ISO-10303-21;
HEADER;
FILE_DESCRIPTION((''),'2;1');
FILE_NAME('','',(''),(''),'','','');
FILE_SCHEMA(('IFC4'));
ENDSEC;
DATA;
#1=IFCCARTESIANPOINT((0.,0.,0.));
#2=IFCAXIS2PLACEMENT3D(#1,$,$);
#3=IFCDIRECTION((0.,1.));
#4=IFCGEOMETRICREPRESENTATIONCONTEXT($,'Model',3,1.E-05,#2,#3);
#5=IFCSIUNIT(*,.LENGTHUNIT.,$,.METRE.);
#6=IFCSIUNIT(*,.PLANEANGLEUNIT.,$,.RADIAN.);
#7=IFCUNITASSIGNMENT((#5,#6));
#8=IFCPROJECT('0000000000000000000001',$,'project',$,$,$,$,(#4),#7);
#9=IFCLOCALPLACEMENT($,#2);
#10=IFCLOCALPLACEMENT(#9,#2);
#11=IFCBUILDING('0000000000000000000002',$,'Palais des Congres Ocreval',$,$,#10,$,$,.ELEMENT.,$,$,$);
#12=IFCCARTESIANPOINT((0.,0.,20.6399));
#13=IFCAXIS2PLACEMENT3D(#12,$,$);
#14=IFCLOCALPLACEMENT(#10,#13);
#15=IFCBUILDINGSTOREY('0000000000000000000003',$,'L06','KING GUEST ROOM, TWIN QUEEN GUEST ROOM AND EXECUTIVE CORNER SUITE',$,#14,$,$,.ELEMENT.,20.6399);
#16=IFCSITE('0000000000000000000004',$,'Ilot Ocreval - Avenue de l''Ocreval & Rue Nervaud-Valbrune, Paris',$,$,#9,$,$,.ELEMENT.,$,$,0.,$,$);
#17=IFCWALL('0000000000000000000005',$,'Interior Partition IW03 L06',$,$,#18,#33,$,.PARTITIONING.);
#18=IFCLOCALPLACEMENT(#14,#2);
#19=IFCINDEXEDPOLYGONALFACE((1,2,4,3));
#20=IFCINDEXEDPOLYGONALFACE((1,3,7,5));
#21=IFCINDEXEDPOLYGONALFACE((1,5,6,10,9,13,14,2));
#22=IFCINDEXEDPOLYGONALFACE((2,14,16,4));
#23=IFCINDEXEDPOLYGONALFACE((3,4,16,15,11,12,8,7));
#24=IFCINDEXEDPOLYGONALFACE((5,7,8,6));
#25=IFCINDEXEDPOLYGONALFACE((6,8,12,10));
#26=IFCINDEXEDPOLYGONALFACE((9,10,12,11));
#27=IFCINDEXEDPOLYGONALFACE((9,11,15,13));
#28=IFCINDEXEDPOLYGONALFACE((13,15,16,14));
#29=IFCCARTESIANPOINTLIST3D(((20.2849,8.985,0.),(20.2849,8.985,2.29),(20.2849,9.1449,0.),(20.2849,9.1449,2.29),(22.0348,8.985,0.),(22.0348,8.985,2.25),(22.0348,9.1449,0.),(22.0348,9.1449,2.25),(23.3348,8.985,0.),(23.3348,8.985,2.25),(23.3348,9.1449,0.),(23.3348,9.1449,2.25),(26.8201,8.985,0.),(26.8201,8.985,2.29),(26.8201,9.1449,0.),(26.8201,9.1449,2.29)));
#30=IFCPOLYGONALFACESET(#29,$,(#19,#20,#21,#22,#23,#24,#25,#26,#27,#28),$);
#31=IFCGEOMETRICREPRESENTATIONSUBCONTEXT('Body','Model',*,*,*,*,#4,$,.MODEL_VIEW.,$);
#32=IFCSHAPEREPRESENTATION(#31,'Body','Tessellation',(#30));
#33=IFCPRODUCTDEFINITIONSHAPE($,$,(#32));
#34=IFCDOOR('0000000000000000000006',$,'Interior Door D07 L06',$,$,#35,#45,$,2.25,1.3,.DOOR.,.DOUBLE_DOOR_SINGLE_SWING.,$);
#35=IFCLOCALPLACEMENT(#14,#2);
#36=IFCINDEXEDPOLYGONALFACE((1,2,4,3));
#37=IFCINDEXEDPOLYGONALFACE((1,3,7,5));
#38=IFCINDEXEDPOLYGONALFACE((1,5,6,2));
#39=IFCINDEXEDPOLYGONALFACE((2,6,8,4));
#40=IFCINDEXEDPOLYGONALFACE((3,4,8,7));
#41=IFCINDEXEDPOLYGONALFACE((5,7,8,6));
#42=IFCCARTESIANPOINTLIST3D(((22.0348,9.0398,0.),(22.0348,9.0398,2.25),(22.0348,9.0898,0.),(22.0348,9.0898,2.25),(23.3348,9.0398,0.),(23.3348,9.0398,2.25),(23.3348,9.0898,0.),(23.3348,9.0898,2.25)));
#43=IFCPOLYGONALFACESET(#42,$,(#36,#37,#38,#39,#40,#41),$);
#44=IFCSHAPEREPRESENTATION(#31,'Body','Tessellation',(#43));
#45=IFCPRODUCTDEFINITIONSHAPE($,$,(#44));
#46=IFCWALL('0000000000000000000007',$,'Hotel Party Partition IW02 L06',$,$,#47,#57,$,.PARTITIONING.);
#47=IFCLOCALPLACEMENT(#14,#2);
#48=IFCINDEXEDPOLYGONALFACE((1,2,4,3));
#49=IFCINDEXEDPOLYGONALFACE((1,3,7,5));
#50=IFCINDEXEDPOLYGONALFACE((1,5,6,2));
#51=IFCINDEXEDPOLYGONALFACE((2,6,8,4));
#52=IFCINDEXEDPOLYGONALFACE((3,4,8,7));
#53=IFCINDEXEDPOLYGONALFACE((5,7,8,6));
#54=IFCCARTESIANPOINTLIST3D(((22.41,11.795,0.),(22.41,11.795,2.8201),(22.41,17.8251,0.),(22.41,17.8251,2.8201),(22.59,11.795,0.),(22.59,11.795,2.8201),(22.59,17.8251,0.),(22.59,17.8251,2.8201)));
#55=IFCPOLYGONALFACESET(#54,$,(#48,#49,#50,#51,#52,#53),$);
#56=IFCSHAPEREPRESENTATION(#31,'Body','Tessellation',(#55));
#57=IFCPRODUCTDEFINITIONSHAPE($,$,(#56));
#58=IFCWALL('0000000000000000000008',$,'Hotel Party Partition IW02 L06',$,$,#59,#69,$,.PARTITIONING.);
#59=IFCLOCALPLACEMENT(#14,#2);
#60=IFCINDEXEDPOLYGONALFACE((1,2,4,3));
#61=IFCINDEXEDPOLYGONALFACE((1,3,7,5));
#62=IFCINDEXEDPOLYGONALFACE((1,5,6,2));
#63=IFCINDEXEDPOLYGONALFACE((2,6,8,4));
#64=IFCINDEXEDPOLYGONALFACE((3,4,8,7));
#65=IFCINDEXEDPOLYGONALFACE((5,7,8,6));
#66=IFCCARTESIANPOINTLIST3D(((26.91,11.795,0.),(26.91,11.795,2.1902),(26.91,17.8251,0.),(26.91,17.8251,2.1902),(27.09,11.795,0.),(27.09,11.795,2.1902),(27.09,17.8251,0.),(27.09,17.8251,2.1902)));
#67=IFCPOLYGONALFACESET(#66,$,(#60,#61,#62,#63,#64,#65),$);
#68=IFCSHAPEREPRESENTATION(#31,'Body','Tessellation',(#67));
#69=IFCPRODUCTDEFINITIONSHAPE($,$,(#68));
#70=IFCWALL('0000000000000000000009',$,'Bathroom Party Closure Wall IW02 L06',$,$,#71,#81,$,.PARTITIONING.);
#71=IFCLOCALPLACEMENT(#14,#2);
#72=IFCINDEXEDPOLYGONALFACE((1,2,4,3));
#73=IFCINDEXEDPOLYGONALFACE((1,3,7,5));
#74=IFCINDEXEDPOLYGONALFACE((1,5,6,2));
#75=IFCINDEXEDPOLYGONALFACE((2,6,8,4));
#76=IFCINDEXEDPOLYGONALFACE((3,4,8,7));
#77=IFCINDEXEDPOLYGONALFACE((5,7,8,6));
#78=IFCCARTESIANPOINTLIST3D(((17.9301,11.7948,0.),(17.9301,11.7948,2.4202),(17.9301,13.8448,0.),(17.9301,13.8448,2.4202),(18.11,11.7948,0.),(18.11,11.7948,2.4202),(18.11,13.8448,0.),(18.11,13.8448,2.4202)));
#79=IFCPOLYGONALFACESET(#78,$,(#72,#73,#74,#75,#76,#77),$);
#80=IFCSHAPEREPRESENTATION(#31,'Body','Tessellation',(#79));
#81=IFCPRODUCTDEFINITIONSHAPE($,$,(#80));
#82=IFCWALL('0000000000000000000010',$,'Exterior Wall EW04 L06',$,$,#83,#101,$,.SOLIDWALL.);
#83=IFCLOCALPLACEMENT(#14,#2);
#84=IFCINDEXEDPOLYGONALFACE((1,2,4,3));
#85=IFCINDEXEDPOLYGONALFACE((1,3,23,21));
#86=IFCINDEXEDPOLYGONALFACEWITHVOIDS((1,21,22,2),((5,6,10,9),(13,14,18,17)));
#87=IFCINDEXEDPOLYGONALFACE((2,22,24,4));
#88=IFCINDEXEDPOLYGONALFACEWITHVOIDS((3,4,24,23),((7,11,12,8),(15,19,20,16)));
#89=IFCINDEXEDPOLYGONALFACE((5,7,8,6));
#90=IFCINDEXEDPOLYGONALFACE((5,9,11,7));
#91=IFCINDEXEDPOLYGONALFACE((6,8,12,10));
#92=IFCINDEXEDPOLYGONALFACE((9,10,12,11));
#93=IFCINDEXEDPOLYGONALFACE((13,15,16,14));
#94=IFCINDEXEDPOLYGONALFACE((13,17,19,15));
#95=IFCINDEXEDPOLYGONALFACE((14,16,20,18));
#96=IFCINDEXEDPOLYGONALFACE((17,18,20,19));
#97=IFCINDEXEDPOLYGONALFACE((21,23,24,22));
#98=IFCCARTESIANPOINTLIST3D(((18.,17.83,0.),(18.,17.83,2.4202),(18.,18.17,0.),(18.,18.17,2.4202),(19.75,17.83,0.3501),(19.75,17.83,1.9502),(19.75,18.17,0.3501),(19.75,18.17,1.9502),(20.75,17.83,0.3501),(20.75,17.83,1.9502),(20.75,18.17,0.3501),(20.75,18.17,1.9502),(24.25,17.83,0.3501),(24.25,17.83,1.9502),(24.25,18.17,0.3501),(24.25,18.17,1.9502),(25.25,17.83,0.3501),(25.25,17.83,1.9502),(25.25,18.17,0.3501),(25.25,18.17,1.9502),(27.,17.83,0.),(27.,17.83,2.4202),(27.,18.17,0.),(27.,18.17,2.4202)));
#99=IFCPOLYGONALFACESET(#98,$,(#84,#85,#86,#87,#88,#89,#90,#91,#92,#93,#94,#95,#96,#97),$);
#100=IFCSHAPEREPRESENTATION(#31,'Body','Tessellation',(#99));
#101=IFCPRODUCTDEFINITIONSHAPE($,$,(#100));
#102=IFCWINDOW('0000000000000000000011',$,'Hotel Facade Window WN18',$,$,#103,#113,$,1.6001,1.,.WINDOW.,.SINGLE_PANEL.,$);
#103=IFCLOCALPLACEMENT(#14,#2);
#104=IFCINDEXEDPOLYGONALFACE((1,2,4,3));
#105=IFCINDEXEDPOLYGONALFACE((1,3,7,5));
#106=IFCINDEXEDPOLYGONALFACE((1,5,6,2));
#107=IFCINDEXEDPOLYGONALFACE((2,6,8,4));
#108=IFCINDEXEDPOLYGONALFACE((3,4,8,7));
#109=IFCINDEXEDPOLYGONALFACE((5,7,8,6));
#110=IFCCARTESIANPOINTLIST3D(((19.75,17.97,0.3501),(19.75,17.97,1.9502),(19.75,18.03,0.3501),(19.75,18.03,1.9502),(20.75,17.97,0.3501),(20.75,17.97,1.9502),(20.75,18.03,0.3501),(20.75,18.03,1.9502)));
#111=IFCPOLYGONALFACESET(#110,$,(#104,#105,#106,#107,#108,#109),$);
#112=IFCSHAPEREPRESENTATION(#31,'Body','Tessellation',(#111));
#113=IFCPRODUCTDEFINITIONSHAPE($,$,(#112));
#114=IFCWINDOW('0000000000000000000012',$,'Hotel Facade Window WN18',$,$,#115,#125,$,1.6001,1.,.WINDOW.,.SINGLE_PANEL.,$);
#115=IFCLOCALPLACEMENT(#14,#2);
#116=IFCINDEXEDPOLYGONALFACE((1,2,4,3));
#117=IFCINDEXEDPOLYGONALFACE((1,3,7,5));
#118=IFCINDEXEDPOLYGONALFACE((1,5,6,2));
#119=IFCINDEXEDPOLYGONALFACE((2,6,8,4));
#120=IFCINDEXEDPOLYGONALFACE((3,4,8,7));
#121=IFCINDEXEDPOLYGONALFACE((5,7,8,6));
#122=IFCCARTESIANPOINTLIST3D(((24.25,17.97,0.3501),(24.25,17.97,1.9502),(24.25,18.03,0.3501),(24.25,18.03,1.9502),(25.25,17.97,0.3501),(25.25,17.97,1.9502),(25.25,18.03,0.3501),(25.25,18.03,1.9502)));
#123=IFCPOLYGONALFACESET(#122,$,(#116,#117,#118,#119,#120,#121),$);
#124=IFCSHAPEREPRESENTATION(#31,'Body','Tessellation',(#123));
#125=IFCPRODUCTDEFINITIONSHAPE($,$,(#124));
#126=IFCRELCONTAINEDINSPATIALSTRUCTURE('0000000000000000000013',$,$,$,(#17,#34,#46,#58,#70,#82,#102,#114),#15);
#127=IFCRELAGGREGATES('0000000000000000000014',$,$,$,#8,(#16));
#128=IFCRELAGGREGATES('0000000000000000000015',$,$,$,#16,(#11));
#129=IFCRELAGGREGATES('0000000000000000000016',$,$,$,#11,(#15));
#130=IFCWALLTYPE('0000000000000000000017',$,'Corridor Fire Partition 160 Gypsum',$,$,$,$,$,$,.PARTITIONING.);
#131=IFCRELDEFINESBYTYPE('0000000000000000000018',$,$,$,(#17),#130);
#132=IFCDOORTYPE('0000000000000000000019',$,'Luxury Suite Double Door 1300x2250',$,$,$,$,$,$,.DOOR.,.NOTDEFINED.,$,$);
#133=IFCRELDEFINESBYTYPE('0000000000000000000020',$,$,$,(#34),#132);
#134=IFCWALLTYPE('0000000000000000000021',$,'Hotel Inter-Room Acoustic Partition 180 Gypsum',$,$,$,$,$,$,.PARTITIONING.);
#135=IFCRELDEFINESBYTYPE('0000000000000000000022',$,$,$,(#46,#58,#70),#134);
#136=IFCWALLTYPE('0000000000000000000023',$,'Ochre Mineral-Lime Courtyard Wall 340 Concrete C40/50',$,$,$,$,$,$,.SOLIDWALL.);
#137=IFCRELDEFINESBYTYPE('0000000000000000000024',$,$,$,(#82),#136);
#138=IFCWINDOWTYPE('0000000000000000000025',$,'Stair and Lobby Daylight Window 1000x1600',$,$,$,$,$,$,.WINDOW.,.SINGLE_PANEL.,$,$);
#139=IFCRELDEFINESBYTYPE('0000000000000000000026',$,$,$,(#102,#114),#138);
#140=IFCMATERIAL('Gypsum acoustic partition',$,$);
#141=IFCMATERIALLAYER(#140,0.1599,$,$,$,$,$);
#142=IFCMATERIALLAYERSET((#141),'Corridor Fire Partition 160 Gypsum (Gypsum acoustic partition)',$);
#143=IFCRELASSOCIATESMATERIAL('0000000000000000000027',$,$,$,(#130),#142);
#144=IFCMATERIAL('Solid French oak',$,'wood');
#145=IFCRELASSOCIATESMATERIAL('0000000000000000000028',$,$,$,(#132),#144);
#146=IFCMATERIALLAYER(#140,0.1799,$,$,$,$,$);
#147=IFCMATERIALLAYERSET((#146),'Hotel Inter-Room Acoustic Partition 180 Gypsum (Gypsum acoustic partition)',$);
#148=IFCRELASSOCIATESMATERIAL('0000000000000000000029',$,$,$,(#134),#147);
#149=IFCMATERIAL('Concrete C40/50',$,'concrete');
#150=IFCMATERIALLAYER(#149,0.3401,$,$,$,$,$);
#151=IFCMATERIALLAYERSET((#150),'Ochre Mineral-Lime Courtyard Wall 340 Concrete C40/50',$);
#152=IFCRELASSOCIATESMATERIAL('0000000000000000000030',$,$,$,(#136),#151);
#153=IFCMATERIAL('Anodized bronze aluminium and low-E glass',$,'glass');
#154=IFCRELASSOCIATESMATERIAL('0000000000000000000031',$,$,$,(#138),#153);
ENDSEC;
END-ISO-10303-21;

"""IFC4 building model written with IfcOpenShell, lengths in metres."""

from ifc_helpers import new_model, si_unit, direction, frame, frame_2d, origin, place, context, subcontext, project, spatial, rectangle, extrude, material, layer, layer_set, type_object, element, fill, save


model = new_model("IFC4")

# Units and contexts
model_context = context("Model", 3, precision=1e-05, world=origin(), true_north=direction((0.0, 1.0)))
body_context = subcontext(model_context, "Body", "Model", "MODEL_VIEW")
ifc_project = project(units=[si_unit("LENGTHUNIT", "METRE"), si_unit("PLANEANGLEUNIT", "RADIAN")], contexts=[model_context])

# Site, building, storey
site_placement = place(None, origin())
site = spatial("IfcSite", under=ifc_project, at=site_placement, Name="Ilot Ocreval - Avenue de l'Ocreval & Rue Nervaud-Valbrune, Paris", CompositionType="ELEMENT", RefElevation=0.0)
building_placement = place(site_placement, origin())
building = spatial("IfcBuilding", under=site, at=building_placement, Name="Palais des Congres Ocreval", CompositionType="ELEMENT")
storey_placement = place(building_placement, frame((0.0, 0.0, 20.6399)))
storey = spatial("IfcBuildingStorey", under=building, at=storey_placement, Name="L06", Description="KING GUEST ROOM, TWIN QUEEN GUEST ROOM AND EXECUTIVE CORNER SUITE", CompositionType="ELEMENT", Elevation=20.6399)

# Shared definitions
ifc_material_1 = material(Name="Concrete C40/50", Category="concrete")

# Shared definitions
ifc_material_2 = material(Name="Solid French oak", Category="wood")

# Shared definitions
ifc_material_3 = material(Name="Gypsum acoustic partition")
ifc_layer_1 = layer(ifc_material_3, 0.1599)
ifc_layer_set_1 = layer_set([ifc_layer_1], Name="Corridor Fire Partition 160 Gypsum (Gypsum acoustic partition)")
wall_type_1 = type_object("IfcWallType", Name="Corridor Fire Partition 160 Gypsum", PredefinedType="PARTITIONING", material=ifc_layer_set_1)

# Wall, opening, door
wall_1_placement = place(storey_placement, frame((20.2849, 9.0649, 0.0), z_axis=(0.0, 0.0, 1.0), x_axis=(1.0, 0.0, 0.0)))
wall_1 = element("IfcWall", 1, at=wall_1_placement, inside=storey, type_object=wall_type_1, Name="Interior Partition IW03 L06", PredefinedType="PARTITIONING", context=body_context, shape_type="SweptSolid", body=[
    extrude(rectangle(XDim=6.5352, YDim=0.1599, at=frame_2d((3.2676, 0.0))), origin(), (0.0, 0.0, 1.0), 2.29),
])
opening_1_placement = place(wall_1_placement, frame((1.75, 0.0, 0.0)))
opening_1 = element("IfcOpeningElement", 2, at=opening_1_placement, cuts=wall_1, PredefinedType="OPENING", context=body_context, shape_type="SweptSolid", body=[
    extrude(rectangle(XDim=1.3, YDim=2.25, at=frame_2d((0.6499, 1.125))), frame((0.0, 0.0898, 0.0), z_axis=(0.0, -1.0, 0.0), x_axis=(1.0, 0.0, 0.0)), (0.0, 0.0, 1.0), 0.1799),
])
door_type_1 = type_object("IfcDoorType", Name="Luxury Suite Double Door 1300x2250", OperationType="NOTDEFINED", PredefinedType="DOOR", material=ifc_material_2)
door_1_placement = place(opening_1_placement, origin())
door_1 = element("IfcDoor", 3, at=door_1_placement, inside=storey, type_object=door_type_1, Name="Interior Door D07 L06", OperationType="DOUBLE_DOOR_SINGLE_SWING", OverallHeight=2.25, OverallWidth=1.3, PredefinedType="DOOR", context=body_context, shape_type="SweptSolid", body=[
    extrude(rectangle(XDim=1.3, YDim=2.25, at=frame_2d((0.6499, 1.125))), frame((0.0, 0.0249, 0.0), z_axis=(0.0, -1.0, 0.0), x_axis=(1.0, 0.0, 0.0)), (0.0, 0.0, 1.0), 0.05),
])
fill(opening_1, door_1)

# Walls
ifc_layer_2 = layer(ifc_material_3, 0.1799)
ifc_layer_set_2 = layer_set([ifc_layer_2], Name="Hotel Inter-Room Acoustic Partition 180 Gypsum (Gypsum acoustic partition)")
wall_type_2 = type_object("IfcWallType", Name="Hotel Inter-Room Acoustic Partition 180 Gypsum", PredefinedType="PARTITIONING", material=ifc_layer_set_2)
wall_2_placement = place(storey_placement, frame((22.5, 11.7949, 0.0), z_axis=(0.0, 0.0, 1.0), x_axis=(0.0, 1.0, 0.0)))
element("IfcWall", 4, at=wall_2_placement, inside=storey, type_object=wall_type_2, Name="Hotel Party Partition IW02 L06", PredefinedType="PARTITIONING", context=body_context, shape_type="SweptSolid", body=[
    extrude(rectangle(XDim=6.03, YDim=0.1799, at=frame_2d((3.0151, 0.0))), origin(), (0.0, 0.0, 1.0), 2.8201),
])
wall_3_placement = place(storey_placement, frame((27.0, 11.7949, 0.0), z_axis=(0.0, 0.0, 1.0), x_axis=(0.0, 1.0, 0.0)))
element("IfcWall", 5, at=wall_3_placement, inside=storey, type_object=wall_type_2, Name="Hotel Party Partition IW02 L06", PredefinedType="PARTITIONING", context=body_context, shape_type="SweptSolid", body=[
    extrude(rectangle(XDim=6.03, YDim=0.1799, at=frame_2d((3.0151, 0.0))), origin(), (0.0, 0.0, 1.0), 2.1902),
])
wall_4_placement = place(storey_placement, frame((18.02, 11.7949, 0.0), z_axis=(0.0, 0.0, 1.0), x_axis=(0.0, 1.0, 0.0)))
element("IfcWall", 6, at=wall_4_placement, inside=storey, type_object=wall_type_2, Name="Bathroom Party Closure Wall IW02 L06", PredefinedType="PARTITIONING", context=body_context, shape_type="SweptSolid", body=[
    extrude(rectangle(XDim=2.05, YDim=0.1799, at=frame_2d((1.0249, 0.0))), origin(), (0.0, 0.0, 1.0), 2.4202),
])

# Wall, openings, windows
ifc_layer_3 = layer(ifc_material_1, 0.3401)
ifc_layer_set_3 = layer_set([ifc_layer_3], Name="Ochre Mineral-Lime Courtyard Wall 340 Concrete C40/50")
wall_type_3 = type_object("IfcWallType", Name="Ochre Mineral-Lime Courtyard Wall 340 Concrete C40/50", PredefinedType="SOLIDWALL", material=ifc_layer_set_3)
wall_5_placement = place(storey_placement, frame((18.0, 18.0, 0.0), z_axis=(0.0, 0.0, 1.0), x_axis=(1.0, 0.0, 0.0)))
wall_5 = element("IfcWall", 7, at=wall_5_placement, inside=storey, type_object=wall_type_3, Name="Exterior Wall EW04 L06", PredefinedType="SOLIDWALL", context=body_context, shape_type="SweptSolid", body=[
    extrude(rectangle(XDim=9.0, YDim=0.3401, at=frame_2d((4.5, 0.0))), origin(), (0.0, 0.0, 1.0), 2.4202),
])
opening_2_placement = place(wall_5_placement, frame((1.75, 0.0, 0.3501)))
opening_2 = element("IfcOpeningElement", 8, at=opening_2_placement, cuts=wall_5, PredefinedType="OPENING", context=body_context, shape_type="SweptSolid", body=[
    extrude(rectangle(XDim=1.0, YDim=1.6001, at=frame_2d((0.5, 0.8))), frame((0.0, 0.1799, 0.0), z_axis=(0.0, -1.0, 0.0), x_axis=(1.0, 0.0, 0.0)), (0.0, 0.0, 1.0), 0.3601),
])
opening_3_placement = place(wall_5_placement, frame((6.25, 0.0, 0.3501)))
opening_3 = element("IfcOpeningElement", 9, at=opening_3_placement, cuts=wall_5, PredefinedType="OPENING", context=body_context, shape_type="SweptSolid", body=[
    extrude(rectangle(XDim=1.0, YDim=1.6001, at=frame_2d((0.5, 0.8))), frame((0.0, 0.1799, 0.0), z_axis=(0.0, -1.0, 0.0), x_axis=(1.0, 0.0, 0.0)), (0.0, 0.0, 1.0), 0.3601),
])
ifc_material_4 = material(Name="Anodized bronze aluminium and low-E glass", Category="glass")
window_type = type_object("IfcWindowType", Name="Stair and Lobby Daylight Window 1000x1600", PartitioningType="SINGLE_PANEL", PredefinedType="WINDOW", material=ifc_material_4)
window_1_placement = place(opening_2_placement, origin())
window_1 = element("IfcWindow", 10, at=window_1_placement, inside=storey, type_object=window_type, Name="Hotel Facade Window WN18", OverallHeight=1.6001, OverallWidth=1.0, PartitioningType="SINGLE_PANEL", PredefinedType="WINDOW", context=body_context, shape_type="SweptSolid", body=[
    extrude(rectangle(XDim=1.0, YDim=1.6001, at=frame_2d((0.5, 0.8))), frame((0.0, 0.03, 0.0), z_axis=(0.0, -1.0, 0.0), x_axis=(1.0, 0.0, 0.0)), (0.0, 0.0, 1.0), 0.0601),
])
fill(opening_2, window_1)
window_2_placement = place(opening_3_placement, origin())
window_2 = element("IfcWindow", 11, at=window_2_placement, inside=storey, type_object=window_type, Name="Hotel Facade Window WN18", OverallHeight=1.6001, OverallWidth=1.0, PartitioningType="SINGLE_PANEL", PredefinedType="WINDOW", context=body_context, shape_type="SweptSolid", body=[
    extrude(rectangle(XDim=1.0, YDim=1.6001, at=frame_2d((0.5, 0.8))), frame((0.0, 0.03, 0.0), z_axis=(0.0, -1.0, 0.0), x_axis=(1.0, 0.0, 0.0)), (0.0, 0.0, 1.0), 0.0601),
])
fill(opening_3, window_2)

save(model, "model.ifc")
